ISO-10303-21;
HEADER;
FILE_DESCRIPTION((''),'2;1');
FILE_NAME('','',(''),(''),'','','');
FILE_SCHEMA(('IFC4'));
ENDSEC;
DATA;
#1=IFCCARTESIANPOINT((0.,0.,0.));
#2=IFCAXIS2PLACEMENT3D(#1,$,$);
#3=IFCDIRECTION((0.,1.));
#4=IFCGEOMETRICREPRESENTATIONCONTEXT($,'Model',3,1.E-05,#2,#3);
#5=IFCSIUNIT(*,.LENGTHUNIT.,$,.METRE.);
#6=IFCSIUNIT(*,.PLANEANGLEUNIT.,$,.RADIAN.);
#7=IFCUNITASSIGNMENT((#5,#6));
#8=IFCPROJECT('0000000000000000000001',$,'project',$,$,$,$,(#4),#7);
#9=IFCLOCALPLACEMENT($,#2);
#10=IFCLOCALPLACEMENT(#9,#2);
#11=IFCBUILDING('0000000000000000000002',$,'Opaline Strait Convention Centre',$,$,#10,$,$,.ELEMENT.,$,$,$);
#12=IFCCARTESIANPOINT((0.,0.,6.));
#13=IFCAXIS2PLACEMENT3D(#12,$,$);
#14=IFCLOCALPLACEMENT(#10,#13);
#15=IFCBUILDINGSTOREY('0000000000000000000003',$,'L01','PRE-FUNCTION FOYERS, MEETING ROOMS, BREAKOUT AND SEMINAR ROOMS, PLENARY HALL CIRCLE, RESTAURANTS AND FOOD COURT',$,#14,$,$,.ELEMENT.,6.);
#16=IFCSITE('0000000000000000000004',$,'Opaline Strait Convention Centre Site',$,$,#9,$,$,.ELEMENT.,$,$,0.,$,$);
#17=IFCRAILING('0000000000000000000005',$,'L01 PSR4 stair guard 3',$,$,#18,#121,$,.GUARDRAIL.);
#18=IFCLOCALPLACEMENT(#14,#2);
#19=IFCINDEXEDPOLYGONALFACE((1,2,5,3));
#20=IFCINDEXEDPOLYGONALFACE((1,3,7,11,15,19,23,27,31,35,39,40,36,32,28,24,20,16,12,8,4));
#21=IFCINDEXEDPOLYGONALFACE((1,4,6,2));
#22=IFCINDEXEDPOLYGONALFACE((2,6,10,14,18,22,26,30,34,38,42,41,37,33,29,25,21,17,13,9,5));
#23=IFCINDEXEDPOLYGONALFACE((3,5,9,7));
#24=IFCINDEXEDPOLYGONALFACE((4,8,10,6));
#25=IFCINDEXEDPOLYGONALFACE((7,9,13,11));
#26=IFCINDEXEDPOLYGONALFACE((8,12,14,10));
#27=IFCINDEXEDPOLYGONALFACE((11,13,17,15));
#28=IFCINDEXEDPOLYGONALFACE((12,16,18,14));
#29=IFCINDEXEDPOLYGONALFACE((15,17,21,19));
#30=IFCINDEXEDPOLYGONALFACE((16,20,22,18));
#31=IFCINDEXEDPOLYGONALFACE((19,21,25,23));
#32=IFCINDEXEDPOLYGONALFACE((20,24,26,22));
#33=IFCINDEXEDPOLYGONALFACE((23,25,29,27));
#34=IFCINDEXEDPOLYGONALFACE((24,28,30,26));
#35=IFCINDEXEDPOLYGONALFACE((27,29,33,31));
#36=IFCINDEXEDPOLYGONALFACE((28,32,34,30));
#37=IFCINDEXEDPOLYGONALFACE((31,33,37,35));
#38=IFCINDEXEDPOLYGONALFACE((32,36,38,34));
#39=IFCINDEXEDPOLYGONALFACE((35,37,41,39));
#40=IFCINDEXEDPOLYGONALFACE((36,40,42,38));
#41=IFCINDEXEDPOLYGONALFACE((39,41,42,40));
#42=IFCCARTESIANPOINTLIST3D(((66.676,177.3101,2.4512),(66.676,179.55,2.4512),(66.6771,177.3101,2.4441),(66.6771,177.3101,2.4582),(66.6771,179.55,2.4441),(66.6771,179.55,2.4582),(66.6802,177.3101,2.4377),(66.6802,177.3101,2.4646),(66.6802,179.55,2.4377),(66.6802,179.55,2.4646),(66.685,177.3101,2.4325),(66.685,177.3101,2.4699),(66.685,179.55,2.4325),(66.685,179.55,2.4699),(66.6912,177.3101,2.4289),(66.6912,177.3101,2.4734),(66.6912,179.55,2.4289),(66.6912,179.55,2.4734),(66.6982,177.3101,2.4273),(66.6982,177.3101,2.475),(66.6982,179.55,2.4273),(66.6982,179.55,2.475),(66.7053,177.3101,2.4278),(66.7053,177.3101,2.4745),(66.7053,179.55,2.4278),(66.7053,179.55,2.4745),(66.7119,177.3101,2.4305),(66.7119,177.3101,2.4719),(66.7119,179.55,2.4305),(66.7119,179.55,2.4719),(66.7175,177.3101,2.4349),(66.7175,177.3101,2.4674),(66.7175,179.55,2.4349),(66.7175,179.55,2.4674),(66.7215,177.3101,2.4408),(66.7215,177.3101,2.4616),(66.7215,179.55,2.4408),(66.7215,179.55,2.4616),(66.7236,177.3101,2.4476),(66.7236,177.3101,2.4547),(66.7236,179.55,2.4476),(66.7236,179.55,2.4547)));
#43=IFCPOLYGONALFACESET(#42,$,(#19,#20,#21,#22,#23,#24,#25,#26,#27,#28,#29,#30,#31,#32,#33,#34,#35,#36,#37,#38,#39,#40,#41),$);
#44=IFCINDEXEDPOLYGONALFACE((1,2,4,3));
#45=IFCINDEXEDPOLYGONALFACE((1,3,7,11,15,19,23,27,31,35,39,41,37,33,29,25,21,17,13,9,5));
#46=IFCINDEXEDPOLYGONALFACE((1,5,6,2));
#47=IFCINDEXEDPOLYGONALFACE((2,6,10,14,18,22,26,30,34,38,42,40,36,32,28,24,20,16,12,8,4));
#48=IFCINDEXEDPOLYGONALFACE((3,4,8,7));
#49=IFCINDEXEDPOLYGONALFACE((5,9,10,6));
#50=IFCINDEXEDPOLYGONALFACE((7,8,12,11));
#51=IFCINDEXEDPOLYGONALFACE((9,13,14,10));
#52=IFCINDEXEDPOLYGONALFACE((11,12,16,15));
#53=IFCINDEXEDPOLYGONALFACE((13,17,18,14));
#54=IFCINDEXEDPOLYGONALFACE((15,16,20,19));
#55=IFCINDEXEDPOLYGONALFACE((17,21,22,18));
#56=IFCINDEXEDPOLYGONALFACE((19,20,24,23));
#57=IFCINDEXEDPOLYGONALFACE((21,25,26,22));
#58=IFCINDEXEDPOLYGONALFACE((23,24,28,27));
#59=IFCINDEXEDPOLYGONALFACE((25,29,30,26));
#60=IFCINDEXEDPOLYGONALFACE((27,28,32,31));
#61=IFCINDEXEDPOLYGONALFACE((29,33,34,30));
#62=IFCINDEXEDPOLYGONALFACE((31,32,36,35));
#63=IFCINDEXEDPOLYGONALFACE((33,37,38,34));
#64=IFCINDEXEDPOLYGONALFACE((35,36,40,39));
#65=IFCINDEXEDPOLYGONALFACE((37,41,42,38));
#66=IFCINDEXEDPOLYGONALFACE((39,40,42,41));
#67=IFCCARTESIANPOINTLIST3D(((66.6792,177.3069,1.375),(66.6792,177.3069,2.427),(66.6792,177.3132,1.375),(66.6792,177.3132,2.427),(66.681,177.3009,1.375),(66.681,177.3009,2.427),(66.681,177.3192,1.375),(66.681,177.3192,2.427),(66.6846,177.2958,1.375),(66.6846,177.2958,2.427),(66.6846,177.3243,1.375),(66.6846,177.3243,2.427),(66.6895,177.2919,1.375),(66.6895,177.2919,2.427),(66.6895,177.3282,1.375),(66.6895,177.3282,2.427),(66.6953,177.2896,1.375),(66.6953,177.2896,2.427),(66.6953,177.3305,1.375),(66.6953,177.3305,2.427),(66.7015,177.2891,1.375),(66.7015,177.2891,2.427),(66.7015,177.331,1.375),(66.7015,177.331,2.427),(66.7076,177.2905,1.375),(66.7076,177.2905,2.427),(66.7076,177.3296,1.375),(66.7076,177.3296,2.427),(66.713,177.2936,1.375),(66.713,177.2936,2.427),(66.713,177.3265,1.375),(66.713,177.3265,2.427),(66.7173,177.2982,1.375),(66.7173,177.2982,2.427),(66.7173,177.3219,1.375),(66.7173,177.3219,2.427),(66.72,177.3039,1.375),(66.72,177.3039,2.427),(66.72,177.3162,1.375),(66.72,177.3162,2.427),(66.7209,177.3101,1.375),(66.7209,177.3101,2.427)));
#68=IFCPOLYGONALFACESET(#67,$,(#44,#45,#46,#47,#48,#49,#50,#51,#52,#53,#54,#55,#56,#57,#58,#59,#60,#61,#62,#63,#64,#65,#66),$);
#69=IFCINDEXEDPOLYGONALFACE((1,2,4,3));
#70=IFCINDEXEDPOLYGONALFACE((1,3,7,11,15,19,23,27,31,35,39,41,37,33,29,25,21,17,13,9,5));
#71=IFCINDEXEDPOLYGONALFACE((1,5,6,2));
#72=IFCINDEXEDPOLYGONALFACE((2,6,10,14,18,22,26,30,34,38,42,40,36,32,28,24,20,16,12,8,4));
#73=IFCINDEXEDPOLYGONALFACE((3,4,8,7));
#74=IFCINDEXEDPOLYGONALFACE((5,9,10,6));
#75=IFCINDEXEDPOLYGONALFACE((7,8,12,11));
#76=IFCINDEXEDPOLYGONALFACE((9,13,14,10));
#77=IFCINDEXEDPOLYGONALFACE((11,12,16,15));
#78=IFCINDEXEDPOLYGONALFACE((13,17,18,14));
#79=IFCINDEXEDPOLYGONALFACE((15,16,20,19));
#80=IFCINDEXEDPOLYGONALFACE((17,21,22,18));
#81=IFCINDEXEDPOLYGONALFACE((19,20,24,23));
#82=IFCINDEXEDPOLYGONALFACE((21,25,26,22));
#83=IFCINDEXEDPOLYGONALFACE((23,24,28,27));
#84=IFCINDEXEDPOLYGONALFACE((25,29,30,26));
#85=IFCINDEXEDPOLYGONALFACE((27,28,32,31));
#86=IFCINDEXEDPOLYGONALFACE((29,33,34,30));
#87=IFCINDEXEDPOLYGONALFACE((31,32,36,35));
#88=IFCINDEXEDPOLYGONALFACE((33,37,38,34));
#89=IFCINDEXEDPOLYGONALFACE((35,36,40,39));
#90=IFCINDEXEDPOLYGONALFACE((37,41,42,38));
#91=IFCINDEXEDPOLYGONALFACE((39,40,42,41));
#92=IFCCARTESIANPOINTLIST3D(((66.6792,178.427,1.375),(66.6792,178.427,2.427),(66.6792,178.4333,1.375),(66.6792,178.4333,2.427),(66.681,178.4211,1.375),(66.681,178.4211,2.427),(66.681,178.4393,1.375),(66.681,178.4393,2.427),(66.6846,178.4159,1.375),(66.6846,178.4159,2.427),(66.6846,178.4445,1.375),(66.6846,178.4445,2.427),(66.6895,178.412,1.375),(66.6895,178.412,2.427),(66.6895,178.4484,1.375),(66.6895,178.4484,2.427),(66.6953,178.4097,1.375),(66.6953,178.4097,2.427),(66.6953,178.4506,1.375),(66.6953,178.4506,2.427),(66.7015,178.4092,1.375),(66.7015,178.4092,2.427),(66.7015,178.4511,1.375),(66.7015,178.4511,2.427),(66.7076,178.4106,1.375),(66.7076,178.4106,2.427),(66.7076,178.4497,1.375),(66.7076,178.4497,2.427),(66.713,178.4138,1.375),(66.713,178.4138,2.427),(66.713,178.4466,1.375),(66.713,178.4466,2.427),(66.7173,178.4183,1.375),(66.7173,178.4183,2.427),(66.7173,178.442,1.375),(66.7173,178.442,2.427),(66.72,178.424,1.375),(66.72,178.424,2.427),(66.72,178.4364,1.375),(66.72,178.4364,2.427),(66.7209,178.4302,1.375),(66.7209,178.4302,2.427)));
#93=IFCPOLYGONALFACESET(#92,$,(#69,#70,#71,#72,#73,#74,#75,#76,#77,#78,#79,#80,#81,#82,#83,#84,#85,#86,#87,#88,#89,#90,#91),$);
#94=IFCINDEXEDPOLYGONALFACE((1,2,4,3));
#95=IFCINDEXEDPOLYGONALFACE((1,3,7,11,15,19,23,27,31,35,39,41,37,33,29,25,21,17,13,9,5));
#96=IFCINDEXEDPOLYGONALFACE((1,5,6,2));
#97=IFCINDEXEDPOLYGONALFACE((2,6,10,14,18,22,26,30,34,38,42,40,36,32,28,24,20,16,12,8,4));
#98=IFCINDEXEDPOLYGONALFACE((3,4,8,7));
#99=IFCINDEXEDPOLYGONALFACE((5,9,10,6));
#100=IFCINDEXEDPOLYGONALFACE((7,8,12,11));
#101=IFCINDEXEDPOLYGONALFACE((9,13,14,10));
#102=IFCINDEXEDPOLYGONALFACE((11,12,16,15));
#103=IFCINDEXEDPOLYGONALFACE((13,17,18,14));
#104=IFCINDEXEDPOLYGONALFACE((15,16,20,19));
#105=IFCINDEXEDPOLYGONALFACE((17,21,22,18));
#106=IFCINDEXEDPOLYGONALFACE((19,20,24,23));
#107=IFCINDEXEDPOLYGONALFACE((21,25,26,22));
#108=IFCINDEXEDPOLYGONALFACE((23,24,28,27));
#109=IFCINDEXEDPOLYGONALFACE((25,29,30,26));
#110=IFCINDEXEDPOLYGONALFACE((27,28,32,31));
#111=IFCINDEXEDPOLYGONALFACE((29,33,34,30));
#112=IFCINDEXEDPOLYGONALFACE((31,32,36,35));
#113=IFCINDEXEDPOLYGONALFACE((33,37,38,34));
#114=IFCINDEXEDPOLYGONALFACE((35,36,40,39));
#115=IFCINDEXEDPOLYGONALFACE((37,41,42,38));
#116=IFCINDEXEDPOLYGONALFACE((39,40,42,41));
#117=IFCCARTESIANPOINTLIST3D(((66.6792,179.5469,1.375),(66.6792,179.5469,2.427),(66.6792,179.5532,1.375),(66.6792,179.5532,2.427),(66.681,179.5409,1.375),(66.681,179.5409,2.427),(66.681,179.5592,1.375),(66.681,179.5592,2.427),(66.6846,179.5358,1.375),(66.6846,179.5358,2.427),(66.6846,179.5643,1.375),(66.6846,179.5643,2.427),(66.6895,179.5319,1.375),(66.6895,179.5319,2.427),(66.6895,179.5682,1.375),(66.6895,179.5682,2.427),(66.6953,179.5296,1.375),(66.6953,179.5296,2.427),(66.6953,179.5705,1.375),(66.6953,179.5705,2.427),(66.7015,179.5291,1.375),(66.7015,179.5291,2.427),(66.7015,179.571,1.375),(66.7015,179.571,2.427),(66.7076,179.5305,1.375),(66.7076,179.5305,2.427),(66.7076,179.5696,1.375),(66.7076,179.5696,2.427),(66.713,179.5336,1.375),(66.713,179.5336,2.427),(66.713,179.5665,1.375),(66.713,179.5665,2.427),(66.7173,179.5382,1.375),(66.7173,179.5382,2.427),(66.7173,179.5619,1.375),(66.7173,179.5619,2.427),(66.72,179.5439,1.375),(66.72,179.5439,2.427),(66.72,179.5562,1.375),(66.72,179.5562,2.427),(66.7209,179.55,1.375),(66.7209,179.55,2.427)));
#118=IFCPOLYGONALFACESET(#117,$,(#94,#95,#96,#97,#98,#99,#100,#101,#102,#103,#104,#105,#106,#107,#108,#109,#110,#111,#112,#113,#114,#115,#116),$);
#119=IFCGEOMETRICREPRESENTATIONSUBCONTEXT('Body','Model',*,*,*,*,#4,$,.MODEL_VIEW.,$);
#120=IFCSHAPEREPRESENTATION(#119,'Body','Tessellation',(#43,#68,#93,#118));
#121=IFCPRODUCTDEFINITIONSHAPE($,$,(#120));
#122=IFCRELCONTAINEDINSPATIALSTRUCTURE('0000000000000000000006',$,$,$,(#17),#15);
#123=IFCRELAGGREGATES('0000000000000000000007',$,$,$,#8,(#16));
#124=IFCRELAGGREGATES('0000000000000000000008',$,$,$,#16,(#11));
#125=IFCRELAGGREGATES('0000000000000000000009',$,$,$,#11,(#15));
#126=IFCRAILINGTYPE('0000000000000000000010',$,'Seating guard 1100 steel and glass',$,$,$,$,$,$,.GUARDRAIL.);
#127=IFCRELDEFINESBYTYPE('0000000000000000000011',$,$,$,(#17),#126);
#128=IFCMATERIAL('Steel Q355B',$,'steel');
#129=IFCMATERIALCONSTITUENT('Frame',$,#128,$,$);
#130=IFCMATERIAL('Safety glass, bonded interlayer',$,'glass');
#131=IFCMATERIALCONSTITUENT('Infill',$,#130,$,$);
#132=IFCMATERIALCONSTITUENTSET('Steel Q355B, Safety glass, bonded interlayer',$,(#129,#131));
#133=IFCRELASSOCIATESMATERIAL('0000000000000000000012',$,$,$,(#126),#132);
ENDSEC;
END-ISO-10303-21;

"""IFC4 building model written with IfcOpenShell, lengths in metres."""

from ifc_helpers import new_model, si_unit, direction, frame, origin, origin_2d, place, context, subcontext, project, spatial, circle, extrude, material, constituent, constituent_set, type_object, element, save


model = new_model("IFC4")

# Units and contexts
model_context = context("Model", 3, precision=1e-05, world=origin(), true_north=direction((0.0, 1.0)))
body_context = subcontext(model_context, "Body", "Model", "MODEL_VIEW")
ifc_project = project(units=[si_unit("LENGTHUNIT", "METRE"), si_unit("PLANEANGLEUNIT", "RADIAN")], contexts=[model_context])

# Site, building, storey
site_placement = place(None, origin())
site = spatial("IfcSite", under=ifc_project, at=site_placement, Name="Opaline Strait Convention Centre Site", CompositionType="ELEMENT", RefElevation=0.0)
building_placement = place(site_placement, origin())
building = spatial("IfcBuilding", under=site, at=building_placement, Name="Opaline Strait Convention Centre", CompositionType="ELEMENT")
storey_placement = place(building_placement, frame((0.0, 0.0, 6.0)))
storey = spatial("IfcBuildingStorey", under=building, at=storey_placement, Name="L01", Description="PRE-FUNCTION FOYERS, MEETING ROOMS, BREAKOUT AND SEMINAR ROOMS, PLENARY HALL CIRCLE, RESTAURANTS AND FOOD COURT", CompositionType="ELEMENT", Elevation=6.0)

# Railing
ifc_material_1 = material(Name="Steel Q355B", Category="steel")
ifc_constituent_1 = constituent(ifc_material_1, Name="Frame")
ifc_material_2 = material(Name="Safety glass, bonded interlayer", Category="glass")
ifc_constituent_2 = constituent(ifc_material_2, Name="Infill")
ifc_constituent_set = constituent_set(constituents=[ifc_constituent_1, ifc_constituent_2], Name="Steel Q355B, Safety glass, bonded interlayer")
railing_type_1 = type_object("IfcRailingType", Name="Seating guard 1100 steel and glass", PredefinedType="GUARDRAIL", material=ifc_constituent_set)
railing_1_placement = place(storey_placement, frame((66.7, 177.3101, 1.375)))
element("IfcRailing", 1, at=railing_1_placement, inside=storey, type_object=railing_type_1, Name="L01 PSR4 stair guard 3", PredefinedType="GUARDRAIL", context=body_context, shape_type="SweptSolid", body=[
    extrude(circle(Radius=0.0239, at=origin_2d()), frame((0.0, 0.0, 1.0762), z_axis=(0.0, 1.0, 0.0), x_axis=(-1.0, 0.0, 0.0)), (0.0, 0.0, 1.0), 2.24),
    extrude(circle(Radius=0.021, at=origin_2d()), origin(), (0.0, 0.0, 1.0), 1.052),
    extrude(circle(Radius=0.021, at=origin_2d()), frame((0.0, 1.1201, 0.0)), (0.0, 0.0, 1.0), 1.052),
    extrude(circle(Radius=0.021, at=origin_2d()), frame((0.0, 2.24, 0.0)), (0.0, 0.0, 1.0), 1.052),
])

save(model, "model.ifc")
